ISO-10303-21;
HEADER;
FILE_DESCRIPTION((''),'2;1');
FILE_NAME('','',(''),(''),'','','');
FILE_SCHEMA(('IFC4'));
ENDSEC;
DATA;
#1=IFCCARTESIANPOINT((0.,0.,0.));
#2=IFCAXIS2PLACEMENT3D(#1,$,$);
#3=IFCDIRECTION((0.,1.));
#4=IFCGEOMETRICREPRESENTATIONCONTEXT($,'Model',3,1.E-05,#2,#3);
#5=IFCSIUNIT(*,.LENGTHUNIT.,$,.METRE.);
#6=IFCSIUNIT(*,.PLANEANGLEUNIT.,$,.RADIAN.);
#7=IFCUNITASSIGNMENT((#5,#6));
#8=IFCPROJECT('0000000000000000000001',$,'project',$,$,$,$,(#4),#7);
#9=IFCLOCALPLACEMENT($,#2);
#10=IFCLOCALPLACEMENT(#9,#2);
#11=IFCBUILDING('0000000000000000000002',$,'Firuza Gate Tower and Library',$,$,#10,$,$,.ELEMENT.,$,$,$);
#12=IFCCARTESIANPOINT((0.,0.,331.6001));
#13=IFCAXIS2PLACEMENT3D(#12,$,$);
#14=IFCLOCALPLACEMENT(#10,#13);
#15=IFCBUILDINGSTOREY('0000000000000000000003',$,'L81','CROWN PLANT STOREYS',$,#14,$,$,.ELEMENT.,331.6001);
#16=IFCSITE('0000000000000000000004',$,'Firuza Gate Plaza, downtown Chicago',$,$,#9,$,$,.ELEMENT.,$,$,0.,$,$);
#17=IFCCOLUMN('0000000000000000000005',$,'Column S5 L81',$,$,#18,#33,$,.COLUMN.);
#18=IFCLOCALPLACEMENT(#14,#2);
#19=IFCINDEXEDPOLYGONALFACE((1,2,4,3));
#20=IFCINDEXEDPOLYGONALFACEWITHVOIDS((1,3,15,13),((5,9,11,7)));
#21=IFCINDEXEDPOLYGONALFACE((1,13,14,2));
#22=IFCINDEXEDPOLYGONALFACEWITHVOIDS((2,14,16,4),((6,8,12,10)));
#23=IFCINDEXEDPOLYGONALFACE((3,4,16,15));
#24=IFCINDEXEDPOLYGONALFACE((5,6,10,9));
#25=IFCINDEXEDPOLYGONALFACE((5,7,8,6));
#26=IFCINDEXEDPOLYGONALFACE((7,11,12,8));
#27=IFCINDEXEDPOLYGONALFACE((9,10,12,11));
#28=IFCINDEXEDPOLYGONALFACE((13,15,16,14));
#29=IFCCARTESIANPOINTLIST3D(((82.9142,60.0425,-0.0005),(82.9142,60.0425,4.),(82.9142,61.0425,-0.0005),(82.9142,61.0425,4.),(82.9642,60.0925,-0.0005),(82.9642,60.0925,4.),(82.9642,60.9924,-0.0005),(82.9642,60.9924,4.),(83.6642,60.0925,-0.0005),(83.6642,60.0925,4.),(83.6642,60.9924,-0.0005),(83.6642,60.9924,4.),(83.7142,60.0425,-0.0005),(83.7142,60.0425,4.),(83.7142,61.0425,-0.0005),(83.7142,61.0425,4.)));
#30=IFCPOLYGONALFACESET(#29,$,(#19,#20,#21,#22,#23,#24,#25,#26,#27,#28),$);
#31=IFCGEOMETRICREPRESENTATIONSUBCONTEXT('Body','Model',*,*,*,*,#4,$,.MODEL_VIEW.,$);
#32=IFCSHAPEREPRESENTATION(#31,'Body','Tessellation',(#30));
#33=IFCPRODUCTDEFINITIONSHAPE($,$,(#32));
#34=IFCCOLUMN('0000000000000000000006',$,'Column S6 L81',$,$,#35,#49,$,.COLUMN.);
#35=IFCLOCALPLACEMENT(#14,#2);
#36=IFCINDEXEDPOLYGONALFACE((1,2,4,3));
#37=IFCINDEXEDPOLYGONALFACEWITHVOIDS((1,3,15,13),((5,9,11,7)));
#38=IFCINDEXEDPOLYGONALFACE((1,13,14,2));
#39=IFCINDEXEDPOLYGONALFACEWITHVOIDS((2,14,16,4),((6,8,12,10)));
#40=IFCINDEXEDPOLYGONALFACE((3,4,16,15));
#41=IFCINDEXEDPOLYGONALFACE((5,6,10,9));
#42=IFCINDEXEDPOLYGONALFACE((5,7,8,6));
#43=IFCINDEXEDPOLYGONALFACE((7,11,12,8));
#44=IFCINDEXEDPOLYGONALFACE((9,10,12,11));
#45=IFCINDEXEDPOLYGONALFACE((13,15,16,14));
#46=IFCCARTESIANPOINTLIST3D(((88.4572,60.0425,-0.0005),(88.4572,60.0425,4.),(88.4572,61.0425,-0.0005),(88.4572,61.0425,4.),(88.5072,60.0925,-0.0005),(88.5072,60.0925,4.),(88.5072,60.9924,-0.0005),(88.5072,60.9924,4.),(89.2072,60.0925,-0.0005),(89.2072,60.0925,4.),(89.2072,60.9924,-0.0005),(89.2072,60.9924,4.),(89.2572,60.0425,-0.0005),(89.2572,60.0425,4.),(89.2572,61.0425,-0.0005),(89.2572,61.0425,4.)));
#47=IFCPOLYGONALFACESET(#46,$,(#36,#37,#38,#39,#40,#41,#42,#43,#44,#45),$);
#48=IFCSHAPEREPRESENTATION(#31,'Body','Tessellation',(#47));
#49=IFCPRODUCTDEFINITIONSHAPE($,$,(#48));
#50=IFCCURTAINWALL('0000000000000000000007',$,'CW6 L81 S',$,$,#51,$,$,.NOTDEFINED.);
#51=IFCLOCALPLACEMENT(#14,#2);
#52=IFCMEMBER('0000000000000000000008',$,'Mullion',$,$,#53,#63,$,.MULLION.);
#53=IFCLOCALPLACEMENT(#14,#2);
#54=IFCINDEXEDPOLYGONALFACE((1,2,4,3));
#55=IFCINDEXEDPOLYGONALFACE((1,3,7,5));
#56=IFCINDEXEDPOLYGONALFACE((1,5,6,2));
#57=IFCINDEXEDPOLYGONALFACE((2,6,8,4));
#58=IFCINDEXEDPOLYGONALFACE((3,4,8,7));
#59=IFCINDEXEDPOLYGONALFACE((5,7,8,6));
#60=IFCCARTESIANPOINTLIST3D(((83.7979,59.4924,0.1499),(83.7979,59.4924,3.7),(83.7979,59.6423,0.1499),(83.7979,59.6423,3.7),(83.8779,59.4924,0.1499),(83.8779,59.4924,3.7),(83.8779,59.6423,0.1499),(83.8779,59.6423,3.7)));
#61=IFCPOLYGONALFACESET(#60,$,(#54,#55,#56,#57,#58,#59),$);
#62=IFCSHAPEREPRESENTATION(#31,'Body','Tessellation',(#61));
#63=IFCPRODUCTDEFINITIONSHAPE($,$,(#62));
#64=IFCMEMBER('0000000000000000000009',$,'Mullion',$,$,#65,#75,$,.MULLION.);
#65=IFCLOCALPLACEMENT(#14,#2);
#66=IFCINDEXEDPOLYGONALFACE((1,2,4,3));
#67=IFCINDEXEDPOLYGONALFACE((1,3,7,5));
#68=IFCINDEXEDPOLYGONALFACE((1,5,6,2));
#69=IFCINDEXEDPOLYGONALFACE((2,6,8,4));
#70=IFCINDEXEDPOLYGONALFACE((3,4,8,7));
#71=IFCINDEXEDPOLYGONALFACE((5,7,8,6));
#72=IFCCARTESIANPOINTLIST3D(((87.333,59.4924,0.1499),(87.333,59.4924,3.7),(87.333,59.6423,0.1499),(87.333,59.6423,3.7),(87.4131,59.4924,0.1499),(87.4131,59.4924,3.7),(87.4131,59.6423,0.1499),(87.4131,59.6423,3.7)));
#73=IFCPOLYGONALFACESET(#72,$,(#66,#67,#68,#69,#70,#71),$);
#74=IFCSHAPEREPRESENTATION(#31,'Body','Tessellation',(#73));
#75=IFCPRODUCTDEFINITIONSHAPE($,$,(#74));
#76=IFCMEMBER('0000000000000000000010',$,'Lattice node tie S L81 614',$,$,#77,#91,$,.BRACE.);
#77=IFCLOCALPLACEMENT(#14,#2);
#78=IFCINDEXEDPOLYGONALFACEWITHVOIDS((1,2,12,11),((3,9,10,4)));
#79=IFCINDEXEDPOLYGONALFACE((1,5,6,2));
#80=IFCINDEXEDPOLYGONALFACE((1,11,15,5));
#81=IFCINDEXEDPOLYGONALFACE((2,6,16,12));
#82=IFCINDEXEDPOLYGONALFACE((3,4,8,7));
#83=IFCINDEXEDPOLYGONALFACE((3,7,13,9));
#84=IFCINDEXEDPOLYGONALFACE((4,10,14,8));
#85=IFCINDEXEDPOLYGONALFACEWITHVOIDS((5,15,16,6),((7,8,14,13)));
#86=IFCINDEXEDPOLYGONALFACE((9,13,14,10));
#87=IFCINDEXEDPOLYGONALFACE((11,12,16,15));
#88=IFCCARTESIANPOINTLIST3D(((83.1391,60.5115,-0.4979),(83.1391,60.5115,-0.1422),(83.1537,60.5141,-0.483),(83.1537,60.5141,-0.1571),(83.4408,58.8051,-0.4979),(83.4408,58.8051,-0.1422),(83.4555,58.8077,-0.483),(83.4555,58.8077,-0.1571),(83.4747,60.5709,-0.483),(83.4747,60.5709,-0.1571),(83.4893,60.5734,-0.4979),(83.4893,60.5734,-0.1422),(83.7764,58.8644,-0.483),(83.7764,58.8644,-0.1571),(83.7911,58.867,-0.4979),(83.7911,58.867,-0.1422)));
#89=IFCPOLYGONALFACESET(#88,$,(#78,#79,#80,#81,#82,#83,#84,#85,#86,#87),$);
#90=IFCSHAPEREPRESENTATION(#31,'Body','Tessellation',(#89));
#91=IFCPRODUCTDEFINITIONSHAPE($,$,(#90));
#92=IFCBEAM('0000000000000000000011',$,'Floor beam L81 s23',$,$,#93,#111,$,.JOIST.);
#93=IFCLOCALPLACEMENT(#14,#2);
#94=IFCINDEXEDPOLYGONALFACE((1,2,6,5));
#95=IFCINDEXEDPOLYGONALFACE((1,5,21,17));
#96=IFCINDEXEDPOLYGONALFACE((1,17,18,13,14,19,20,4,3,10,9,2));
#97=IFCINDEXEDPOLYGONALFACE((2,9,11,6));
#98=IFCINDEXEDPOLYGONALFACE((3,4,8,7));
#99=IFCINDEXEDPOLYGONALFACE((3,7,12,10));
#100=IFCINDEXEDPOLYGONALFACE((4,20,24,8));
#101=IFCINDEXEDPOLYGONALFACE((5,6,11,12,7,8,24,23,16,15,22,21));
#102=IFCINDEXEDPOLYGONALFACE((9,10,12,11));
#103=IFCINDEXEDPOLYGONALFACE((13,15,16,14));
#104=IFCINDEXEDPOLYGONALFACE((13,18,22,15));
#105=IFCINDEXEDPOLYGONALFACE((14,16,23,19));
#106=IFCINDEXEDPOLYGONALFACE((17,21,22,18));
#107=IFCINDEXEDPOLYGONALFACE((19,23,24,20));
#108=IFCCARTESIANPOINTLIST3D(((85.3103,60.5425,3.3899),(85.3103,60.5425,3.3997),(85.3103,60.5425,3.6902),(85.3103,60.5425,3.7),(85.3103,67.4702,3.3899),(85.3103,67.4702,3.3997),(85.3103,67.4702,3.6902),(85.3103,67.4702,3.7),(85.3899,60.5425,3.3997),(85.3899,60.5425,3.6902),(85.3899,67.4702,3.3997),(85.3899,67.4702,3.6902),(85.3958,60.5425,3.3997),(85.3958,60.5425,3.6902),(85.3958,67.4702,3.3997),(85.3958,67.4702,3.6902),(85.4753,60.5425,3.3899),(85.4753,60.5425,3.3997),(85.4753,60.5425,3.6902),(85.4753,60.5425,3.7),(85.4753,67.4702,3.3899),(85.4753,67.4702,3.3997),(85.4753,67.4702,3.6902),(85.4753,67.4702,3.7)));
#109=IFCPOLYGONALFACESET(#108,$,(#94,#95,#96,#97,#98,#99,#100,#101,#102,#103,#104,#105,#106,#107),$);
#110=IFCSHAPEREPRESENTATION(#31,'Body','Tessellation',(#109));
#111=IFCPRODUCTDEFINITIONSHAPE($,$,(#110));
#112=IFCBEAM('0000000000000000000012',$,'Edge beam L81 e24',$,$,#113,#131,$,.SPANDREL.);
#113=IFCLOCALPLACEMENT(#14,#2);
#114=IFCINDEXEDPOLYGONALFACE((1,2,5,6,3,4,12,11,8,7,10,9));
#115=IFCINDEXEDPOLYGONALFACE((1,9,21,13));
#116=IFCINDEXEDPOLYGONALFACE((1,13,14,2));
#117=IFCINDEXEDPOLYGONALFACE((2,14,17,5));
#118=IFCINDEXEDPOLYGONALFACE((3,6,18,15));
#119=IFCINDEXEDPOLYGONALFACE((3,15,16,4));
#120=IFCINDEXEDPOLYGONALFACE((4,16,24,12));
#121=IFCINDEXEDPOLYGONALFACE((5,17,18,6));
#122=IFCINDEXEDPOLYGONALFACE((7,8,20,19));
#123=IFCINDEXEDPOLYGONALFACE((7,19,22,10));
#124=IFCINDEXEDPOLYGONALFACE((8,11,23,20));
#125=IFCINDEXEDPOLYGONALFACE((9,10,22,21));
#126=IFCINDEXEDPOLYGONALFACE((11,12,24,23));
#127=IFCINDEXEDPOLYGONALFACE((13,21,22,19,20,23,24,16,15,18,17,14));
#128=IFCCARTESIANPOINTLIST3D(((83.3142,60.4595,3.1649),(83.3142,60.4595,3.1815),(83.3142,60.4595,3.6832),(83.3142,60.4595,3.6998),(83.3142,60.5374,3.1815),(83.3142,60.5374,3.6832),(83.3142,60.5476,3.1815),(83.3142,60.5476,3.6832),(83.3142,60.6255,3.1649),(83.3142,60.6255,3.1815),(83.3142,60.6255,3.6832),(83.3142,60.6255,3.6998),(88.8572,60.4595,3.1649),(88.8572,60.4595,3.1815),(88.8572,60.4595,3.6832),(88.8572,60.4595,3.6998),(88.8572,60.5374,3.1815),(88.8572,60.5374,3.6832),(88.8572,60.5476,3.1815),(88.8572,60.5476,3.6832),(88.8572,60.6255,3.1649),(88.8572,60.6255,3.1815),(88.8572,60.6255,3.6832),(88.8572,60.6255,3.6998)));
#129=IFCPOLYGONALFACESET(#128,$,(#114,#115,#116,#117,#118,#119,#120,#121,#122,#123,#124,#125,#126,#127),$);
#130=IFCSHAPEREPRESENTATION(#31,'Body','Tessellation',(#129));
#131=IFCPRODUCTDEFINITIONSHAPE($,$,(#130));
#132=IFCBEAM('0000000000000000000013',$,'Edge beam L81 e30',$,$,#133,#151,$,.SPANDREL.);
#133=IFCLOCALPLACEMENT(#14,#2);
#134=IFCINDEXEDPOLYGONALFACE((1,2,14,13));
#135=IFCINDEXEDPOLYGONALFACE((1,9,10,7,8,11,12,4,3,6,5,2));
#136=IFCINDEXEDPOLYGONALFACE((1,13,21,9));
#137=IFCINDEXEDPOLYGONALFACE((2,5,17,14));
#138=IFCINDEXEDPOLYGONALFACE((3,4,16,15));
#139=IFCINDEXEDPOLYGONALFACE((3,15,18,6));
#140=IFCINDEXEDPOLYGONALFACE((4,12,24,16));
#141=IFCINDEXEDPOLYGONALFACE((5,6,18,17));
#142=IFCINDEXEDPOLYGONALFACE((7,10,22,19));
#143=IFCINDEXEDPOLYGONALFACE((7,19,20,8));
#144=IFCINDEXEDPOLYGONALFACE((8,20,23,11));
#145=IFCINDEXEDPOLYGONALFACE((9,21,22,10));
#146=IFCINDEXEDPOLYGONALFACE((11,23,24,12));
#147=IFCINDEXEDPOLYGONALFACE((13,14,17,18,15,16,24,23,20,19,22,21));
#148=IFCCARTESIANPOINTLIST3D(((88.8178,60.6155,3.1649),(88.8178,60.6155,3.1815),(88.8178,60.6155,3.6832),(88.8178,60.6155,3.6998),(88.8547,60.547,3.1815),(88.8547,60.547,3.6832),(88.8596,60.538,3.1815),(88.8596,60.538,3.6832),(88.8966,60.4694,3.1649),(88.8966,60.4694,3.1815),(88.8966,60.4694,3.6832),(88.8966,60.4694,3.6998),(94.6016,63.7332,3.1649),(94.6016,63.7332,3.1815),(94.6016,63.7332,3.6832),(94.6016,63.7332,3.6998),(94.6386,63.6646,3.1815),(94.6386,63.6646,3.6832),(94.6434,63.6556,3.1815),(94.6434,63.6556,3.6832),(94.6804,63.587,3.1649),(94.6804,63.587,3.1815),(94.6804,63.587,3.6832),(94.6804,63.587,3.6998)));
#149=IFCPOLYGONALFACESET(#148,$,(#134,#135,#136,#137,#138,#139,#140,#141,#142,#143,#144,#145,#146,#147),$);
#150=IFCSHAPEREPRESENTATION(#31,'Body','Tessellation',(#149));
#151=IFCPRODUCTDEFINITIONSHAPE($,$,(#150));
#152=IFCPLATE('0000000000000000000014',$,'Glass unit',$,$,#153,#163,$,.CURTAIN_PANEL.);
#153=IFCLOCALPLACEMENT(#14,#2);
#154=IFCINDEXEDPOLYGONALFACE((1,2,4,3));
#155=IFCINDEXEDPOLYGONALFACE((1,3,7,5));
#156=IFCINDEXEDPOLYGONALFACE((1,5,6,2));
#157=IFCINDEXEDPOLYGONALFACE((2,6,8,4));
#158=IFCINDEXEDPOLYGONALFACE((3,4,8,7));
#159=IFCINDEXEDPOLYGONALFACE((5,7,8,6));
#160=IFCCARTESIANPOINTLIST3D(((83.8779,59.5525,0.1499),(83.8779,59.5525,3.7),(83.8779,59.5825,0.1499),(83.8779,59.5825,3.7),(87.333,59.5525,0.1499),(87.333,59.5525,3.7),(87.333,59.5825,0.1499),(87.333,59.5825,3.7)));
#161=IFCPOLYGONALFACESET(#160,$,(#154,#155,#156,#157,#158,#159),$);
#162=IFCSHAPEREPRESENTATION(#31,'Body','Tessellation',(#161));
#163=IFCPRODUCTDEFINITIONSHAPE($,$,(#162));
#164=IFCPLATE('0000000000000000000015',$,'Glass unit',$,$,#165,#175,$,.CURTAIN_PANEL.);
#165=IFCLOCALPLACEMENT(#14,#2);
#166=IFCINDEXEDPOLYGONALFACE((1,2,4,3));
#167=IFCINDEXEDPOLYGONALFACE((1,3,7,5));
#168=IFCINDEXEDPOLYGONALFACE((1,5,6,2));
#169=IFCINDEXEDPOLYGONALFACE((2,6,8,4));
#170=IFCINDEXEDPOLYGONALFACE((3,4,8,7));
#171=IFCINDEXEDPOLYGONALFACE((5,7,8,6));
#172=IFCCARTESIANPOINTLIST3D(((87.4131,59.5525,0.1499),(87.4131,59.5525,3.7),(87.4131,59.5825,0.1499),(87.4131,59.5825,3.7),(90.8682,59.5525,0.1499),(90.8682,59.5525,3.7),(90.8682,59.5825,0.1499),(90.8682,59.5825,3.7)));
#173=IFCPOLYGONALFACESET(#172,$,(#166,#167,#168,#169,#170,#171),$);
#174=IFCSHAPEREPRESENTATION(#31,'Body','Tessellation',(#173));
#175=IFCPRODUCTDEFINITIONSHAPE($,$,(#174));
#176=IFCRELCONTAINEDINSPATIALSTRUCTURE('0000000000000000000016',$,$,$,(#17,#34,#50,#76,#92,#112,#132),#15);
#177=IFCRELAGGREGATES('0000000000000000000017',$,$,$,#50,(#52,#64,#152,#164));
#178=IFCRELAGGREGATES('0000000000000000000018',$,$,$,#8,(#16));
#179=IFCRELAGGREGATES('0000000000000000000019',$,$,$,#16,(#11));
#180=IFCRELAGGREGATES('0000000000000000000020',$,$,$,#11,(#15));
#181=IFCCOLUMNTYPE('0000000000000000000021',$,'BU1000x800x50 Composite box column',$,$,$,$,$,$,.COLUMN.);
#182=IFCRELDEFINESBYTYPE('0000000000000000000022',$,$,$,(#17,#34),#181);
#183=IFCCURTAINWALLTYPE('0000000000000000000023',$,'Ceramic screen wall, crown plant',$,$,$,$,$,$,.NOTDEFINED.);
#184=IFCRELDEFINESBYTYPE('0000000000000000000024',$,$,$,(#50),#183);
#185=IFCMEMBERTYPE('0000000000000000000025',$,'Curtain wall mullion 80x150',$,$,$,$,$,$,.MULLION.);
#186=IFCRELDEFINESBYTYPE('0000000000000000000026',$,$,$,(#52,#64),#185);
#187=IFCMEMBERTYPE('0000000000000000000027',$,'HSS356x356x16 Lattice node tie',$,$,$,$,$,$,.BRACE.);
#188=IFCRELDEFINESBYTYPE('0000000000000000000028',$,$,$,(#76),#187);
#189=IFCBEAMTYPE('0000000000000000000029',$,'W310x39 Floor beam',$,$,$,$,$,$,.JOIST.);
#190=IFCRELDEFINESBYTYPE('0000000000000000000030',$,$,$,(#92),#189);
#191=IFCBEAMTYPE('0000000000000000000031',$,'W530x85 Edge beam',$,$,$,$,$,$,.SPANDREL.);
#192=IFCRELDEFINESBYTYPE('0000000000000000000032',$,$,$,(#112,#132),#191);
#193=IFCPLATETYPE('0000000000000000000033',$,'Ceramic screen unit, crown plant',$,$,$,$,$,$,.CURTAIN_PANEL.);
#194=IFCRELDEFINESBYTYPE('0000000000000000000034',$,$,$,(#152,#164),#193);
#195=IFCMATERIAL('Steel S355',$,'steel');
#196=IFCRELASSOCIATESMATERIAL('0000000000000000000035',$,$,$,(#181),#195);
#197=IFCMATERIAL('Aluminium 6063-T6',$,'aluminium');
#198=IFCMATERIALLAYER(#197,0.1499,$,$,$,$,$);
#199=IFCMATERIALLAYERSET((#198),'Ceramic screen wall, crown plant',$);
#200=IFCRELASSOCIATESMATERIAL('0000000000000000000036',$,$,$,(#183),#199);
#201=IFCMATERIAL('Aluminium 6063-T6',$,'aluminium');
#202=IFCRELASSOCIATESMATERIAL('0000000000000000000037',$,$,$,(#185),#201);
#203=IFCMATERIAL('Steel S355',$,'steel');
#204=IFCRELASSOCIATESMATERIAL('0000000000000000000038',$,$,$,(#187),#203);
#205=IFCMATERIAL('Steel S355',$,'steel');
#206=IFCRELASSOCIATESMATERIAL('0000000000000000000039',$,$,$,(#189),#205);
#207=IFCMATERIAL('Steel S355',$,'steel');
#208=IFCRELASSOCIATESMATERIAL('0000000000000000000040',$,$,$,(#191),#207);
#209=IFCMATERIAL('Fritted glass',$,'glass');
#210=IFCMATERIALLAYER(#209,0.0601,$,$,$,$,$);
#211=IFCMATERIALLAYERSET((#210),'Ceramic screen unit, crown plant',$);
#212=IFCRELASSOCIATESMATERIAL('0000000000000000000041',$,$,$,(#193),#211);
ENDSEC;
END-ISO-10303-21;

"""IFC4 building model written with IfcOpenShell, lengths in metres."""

from ifc_helpers import new_model, si_unit, direction, frame, origin, origin_2d, place, context, subcontext, project, spatial, polyline, rectangle, hollow_rectangle, i_section, outline, extrude, material, layer, layer_set, material_profile, profile_set, type_object, element, aggregate, save


model = new_model("IFC4")

# Units and contexts
model_context = context("Model", 3, precision=1e-05, world=origin(), true_north=direction((0.0, 1.0)))
body_context = subcontext(model_context, "Body", "Model", "MODEL_VIEW")
ifc_project = project(units=[si_unit("LENGTHUNIT", "METRE"), si_unit("PLANEANGLEUNIT", "RADIAN")], contexts=[model_context])

# Site, building, storey
site_placement = place(None, origin())
site = spatial("IfcSite", under=ifc_project, at=site_placement, Name="Firuza Gate Plaza, downtown Chicago", CompositionType="ELEMENT", RefElevation=0.0)
building_placement = place(site_placement, origin())
building = spatial("IfcBuilding", under=site, at=building_placement, Name="Firuza Gate Tower and Library", CompositionType="ELEMENT")
storey_placement = place(building_placement, frame((0.0, 0.0, 331.6001)))
storey = spatial("IfcBuildingStorey", under=building, at=storey_placement, Name="L81", Description="CROWN PLANT STOREYS", CompositionType="ELEMENT", Elevation=331.6001)

# Columns
ifc_material_1 = material(Name="Steel S355", Category="steel")
ifc_material_profile_1 = material_profile(ifc_material_1, hollow_rectangle(XDim=0.8, YDim=1.0, WallThickness=0.05, at=origin_2d()))
ifc_profile_set_1 = profile_set([ifc_material_profile_1], Name="Steel S355")
column_type = type_object("IfcColumnType", Name="BU1000x800x50 Composite box column", PredefinedType="COLUMN", material=ifc_profile_set_1)
for number, where, z_axis, x_axis, name in (
    (1, (83.3142, 60.5425, -0.0005), (0.0, 0.0, 1.0), (1.0, 0.0, 0.0), "Column S5 L81"),
    (2, (88.8572, 60.5425, -0.0005), (0.0, 0.0, 1.0), (1.0, 0.0, 0.0), "Column S6 L81"),
):
    element("IfcColumn", number, at=place(storey_placement, frame(where, z_axis=z_axis, x_axis=x_axis)), inside=storey, type_object=column_type, Name=name, PredefinedType="COLUMN", context=body_context, shape_type="SweptSolid", body=[
        extrude(hollow_rectangle(XDim=0.8, YDim=1.0, WallThickness=0.05, at=origin_2d()), origin(), (0.0, 0.0, 1.0), 4.0005),
    ])

# Curtain wall, members
ifc_material_2 = material(Name="Aluminium 6063-T6", Category="aluminium")
ifc_layer_1 = layer(ifc_material_2, 0.1499)
ifc_layer_set_1 = layer_set([ifc_layer_1], Name="Ceramic screen wall, crown plant")
curtain_wall_type = type_object("IfcCurtainWallType", Name="Ceramic screen wall, crown plant", PredefinedType="NOTDEFINED", material=ifc_layer_set_1)
curtain_wall_placement = place(storey_placement, origin())
curtain_wall = element("IfcCurtainWall", 3, at=curtain_wall_placement, inside=storey, type_object=curtain_wall_type, Name="CW6 L81 S", PredefinedType="NOTDEFINED")
ifc_material_3 = material(Name="Aluminium 6063-T6", Category="aluminium")
ifc_material_profile_2 = material_profile(ifc_material_3, rectangle(XDim=0.1499, YDim=0.0801, at=origin_2d()))
ifc_profile_set_2 = profile_set([ifc_material_profile_2], Name="Aluminium 6063-T6")
member_type_1 = type_object("IfcMemberType", Name="Curtain wall mullion 80x150", PredefinedType="MULLION", material=ifc_profile_set_2)
member_1_placement = place(storey_placement, frame((83.8379, 59.5674, 0.1499), z_axis=(0.0, 0.0, 1.0), x_axis=(0.0, 1.0, 0.0)))
member_1 = element("IfcMember", 4, at=member_1_placement, type_object=member_type_1, Name="Mullion", PredefinedType="MULLION", context=body_context, shape_type="SweptSolid", body=[
    extrude(rectangle(XDim=0.1499, YDim=0.0801, at=origin_2d()), origin(), (0.0, 0.0, 1.0), 3.55),
])
member_2_placement = place(storey_placement, frame((87.373, 59.5674, 0.1499), z_axis=(0.0, 0.0, 1.0), x_axis=(0.0, 1.0, 0.0)))
member_2 = element("IfcMember", 5, at=member_2_placement, type_object=member_type_1, Name="Mullion", PredefinedType="MULLION", context=body_context, shape_type="SweptSolid", body=[
    extrude(rectangle(XDim=0.1499, YDim=0.0801, at=origin_2d()), origin(), (0.0, 0.0, 1.0), 3.55),
])

# Member
ifc_material_4 = material(Name="Steel S355", Category="steel")
ifc_material_profile_3 = material_profile(ifc_material_4, hollow_rectangle(XDim=0.3557, YDim=0.3557, WallThickness=0.0149, at=origin_2d()))
ifc_profile_set_3 = profile_set([ifc_material_profile_3], Name="Steel S355")
member_type_2 = type_object("IfcMemberType", Name="HSS356x356x16 Lattice node tie", PredefinedType="BRACE", material=ifc_profile_set_3)
member_3_placement = place(storey_placement, frame((83.3142, 60.5425, -0.3201), z_axis=(0.174123, -0.984724, 0.0), x_axis=(0.984724, 0.174123, 0.0)))
element("IfcMember", 6, at=member_3_placement, inside=storey, type_object=member_type_2, Name="Lattice node tie S L81 614", PredefinedType="BRACE", context=body_context, shape_type="SweptSolid", body=[
    extrude(hollow_rectangle(XDim=0.3557, YDim=0.3557, WallThickness=0.0149, at=origin_2d()), origin(), (0.0, 0.0, 1.0), 1.7329),
])

# Beams
ifc_material_5 = material(Name="Steel S355", Category="steel")
ifc_material_profile_4 = material_profile(ifc_material_5, i_section(OverallWidth=0.165, OverallDepth=0.3101, WebThickness=0.0059, FlangeThickness=0.0098, at=origin_2d()))
ifc_profile_set_4 = profile_set([ifc_material_profile_4], Name="Steel S355")
beam_type_1 = type_object("IfcBeamType", Name="W310x39 Floor beam", PredefinedType="JOIST", material=ifc_profile_set_4)
beam_1_placement = place(storey_placement, frame((85.3928, 60.5425, 3.5449), z_axis=(0.0, 1.0, 0.0), x_axis=(-1.0, 0.0, 0.0)))
element("IfcBeam", 7, at=beam_1_placement, inside=storey, type_object=beam_type_1, Name="Floor beam L81 s23", PredefinedType="JOIST", context=body_context, shape_type="SweptSolid", body=[
    extrude(i_section(OverallWidth=0.165, OverallDepth=0.3101, WebThickness=0.0059, FlangeThickness=0.0098, at=origin_2d()), origin(), (0.0, 0.0, 1.0), 6.9277),
])
ifc_material_6 = material(Name="Steel S355", Category="steel")
ifc_material_profile_5 = material_profile(ifc_material_6, i_section(OverallWidth=0.166, OverallDepth=0.5349, WebThickness=0.0103, FlangeThickness=0.0166, at=origin_2d()))
ifc_profile_set_5 = profile_set([ifc_material_profile_5], Name="Steel S355")
beam_type_2 = type_object("IfcBeamType", Name="W530x85 Edge beam", PredefinedType="SPANDREL", material=ifc_profile_set_5)
beam_2_placement = place(storey_placement, frame((83.3142, 60.5425, 3.4324), z_axis=(1.0, 0.0, 0.0), x_axis=(0.0, 1.0, 0.0)))
element("IfcBeam", 8, at=beam_2_placement, inside=storey, type_object=beam_type_2, Name="Edge beam L81 e24", PredefinedType="SPANDREL", context=body_context, shape_type="SweptSolid", body=[
    extrude(i_section(OverallWidth=0.166, OverallDepth=0.5349, WebThickness=0.0103, FlangeThickness=0.0166, at=origin_2d()), origin(), (0.0, 0.0, 1.0), 5.543),
])
beam_3_placement = place(storey_placement, frame((88.8572, 60.5425, 3.4324), z_axis=(0.880265, 0.474483, 0.0), x_axis=(-0.474483, 0.880265, 0.0)))
element("IfcBeam", 9, at=beam_3_placement, inside=storey, type_object=beam_type_2, Name="Edge beam L81 e30", PredefinedType="SPANDREL", context=body_context, shape_type="SweptSolid", body=[
    extrude(i_section(OverallWidth=0.166, OverallDepth=0.5349, WebThickness=0.0103, FlangeThickness=0.0166, at=origin_2d()), origin(), (0.0, 0.0, 1.0), 6.5706),
])

# Plates
ifc_material_7 = material(Name="Fritted glass", Category="glass")
ifc_layer_2 = layer(ifc_material_7, 0.0601)
ifc_layer_set_2 = layer_set([ifc_layer_2], Name="Ceramic screen unit, crown plant")
plate_type = type_object("IfcPlateType", Name="Ceramic screen unit, crown plant", PredefinedType="CURTAIN_PANEL", material=ifc_layer_set_2)
plate_1_placement = place(storey_placement, frame((83.8779, 59.5525, 0.1499), z_axis=(0.0, -1.0, 0.0), x_axis=(1.0, 0.0, 0.0)))
plate_1 = element("IfcPlate", 10, at=plate_1_placement, type_object=plate_type, Name="Glass unit", PredefinedType="CURTAIN_PANEL", context=body_context, shape_type="SweptSolid", body=[
    extrude(outline(polyline([(0.0, 0.0), (3.4551, 0.0), (3.4551, 3.55), (0.0, 3.55), (0.0, 0.0)])), origin(), (0.0, 0.0, -1.0), 0.03),
])
plate_2_placement = place(storey_placement, frame((87.4131, 59.5525, 0.1499), z_axis=(0.0, -1.0, 0.0), x_axis=(1.0, 0.0, 0.0)))
plate_2 = element("IfcPlate", 11, at=plate_2_placement, type_object=plate_type, Name="Glass unit", PredefinedType="CURTAIN_PANEL", context=body_context, shape_type="SweptSolid", body=[
    extrude(outline(polyline([(0.0, 0.0), (3.4551, 0.0), (3.4551, 3.55), (0.0, 3.55), (0.0, 0.0)])), origin(), (0.0, 0.0, -1.0), 0.03),
])
aggregate(curtain_wall, [member_1, member_2, plate_1, plate_2])

save(model, "model.ifc")
